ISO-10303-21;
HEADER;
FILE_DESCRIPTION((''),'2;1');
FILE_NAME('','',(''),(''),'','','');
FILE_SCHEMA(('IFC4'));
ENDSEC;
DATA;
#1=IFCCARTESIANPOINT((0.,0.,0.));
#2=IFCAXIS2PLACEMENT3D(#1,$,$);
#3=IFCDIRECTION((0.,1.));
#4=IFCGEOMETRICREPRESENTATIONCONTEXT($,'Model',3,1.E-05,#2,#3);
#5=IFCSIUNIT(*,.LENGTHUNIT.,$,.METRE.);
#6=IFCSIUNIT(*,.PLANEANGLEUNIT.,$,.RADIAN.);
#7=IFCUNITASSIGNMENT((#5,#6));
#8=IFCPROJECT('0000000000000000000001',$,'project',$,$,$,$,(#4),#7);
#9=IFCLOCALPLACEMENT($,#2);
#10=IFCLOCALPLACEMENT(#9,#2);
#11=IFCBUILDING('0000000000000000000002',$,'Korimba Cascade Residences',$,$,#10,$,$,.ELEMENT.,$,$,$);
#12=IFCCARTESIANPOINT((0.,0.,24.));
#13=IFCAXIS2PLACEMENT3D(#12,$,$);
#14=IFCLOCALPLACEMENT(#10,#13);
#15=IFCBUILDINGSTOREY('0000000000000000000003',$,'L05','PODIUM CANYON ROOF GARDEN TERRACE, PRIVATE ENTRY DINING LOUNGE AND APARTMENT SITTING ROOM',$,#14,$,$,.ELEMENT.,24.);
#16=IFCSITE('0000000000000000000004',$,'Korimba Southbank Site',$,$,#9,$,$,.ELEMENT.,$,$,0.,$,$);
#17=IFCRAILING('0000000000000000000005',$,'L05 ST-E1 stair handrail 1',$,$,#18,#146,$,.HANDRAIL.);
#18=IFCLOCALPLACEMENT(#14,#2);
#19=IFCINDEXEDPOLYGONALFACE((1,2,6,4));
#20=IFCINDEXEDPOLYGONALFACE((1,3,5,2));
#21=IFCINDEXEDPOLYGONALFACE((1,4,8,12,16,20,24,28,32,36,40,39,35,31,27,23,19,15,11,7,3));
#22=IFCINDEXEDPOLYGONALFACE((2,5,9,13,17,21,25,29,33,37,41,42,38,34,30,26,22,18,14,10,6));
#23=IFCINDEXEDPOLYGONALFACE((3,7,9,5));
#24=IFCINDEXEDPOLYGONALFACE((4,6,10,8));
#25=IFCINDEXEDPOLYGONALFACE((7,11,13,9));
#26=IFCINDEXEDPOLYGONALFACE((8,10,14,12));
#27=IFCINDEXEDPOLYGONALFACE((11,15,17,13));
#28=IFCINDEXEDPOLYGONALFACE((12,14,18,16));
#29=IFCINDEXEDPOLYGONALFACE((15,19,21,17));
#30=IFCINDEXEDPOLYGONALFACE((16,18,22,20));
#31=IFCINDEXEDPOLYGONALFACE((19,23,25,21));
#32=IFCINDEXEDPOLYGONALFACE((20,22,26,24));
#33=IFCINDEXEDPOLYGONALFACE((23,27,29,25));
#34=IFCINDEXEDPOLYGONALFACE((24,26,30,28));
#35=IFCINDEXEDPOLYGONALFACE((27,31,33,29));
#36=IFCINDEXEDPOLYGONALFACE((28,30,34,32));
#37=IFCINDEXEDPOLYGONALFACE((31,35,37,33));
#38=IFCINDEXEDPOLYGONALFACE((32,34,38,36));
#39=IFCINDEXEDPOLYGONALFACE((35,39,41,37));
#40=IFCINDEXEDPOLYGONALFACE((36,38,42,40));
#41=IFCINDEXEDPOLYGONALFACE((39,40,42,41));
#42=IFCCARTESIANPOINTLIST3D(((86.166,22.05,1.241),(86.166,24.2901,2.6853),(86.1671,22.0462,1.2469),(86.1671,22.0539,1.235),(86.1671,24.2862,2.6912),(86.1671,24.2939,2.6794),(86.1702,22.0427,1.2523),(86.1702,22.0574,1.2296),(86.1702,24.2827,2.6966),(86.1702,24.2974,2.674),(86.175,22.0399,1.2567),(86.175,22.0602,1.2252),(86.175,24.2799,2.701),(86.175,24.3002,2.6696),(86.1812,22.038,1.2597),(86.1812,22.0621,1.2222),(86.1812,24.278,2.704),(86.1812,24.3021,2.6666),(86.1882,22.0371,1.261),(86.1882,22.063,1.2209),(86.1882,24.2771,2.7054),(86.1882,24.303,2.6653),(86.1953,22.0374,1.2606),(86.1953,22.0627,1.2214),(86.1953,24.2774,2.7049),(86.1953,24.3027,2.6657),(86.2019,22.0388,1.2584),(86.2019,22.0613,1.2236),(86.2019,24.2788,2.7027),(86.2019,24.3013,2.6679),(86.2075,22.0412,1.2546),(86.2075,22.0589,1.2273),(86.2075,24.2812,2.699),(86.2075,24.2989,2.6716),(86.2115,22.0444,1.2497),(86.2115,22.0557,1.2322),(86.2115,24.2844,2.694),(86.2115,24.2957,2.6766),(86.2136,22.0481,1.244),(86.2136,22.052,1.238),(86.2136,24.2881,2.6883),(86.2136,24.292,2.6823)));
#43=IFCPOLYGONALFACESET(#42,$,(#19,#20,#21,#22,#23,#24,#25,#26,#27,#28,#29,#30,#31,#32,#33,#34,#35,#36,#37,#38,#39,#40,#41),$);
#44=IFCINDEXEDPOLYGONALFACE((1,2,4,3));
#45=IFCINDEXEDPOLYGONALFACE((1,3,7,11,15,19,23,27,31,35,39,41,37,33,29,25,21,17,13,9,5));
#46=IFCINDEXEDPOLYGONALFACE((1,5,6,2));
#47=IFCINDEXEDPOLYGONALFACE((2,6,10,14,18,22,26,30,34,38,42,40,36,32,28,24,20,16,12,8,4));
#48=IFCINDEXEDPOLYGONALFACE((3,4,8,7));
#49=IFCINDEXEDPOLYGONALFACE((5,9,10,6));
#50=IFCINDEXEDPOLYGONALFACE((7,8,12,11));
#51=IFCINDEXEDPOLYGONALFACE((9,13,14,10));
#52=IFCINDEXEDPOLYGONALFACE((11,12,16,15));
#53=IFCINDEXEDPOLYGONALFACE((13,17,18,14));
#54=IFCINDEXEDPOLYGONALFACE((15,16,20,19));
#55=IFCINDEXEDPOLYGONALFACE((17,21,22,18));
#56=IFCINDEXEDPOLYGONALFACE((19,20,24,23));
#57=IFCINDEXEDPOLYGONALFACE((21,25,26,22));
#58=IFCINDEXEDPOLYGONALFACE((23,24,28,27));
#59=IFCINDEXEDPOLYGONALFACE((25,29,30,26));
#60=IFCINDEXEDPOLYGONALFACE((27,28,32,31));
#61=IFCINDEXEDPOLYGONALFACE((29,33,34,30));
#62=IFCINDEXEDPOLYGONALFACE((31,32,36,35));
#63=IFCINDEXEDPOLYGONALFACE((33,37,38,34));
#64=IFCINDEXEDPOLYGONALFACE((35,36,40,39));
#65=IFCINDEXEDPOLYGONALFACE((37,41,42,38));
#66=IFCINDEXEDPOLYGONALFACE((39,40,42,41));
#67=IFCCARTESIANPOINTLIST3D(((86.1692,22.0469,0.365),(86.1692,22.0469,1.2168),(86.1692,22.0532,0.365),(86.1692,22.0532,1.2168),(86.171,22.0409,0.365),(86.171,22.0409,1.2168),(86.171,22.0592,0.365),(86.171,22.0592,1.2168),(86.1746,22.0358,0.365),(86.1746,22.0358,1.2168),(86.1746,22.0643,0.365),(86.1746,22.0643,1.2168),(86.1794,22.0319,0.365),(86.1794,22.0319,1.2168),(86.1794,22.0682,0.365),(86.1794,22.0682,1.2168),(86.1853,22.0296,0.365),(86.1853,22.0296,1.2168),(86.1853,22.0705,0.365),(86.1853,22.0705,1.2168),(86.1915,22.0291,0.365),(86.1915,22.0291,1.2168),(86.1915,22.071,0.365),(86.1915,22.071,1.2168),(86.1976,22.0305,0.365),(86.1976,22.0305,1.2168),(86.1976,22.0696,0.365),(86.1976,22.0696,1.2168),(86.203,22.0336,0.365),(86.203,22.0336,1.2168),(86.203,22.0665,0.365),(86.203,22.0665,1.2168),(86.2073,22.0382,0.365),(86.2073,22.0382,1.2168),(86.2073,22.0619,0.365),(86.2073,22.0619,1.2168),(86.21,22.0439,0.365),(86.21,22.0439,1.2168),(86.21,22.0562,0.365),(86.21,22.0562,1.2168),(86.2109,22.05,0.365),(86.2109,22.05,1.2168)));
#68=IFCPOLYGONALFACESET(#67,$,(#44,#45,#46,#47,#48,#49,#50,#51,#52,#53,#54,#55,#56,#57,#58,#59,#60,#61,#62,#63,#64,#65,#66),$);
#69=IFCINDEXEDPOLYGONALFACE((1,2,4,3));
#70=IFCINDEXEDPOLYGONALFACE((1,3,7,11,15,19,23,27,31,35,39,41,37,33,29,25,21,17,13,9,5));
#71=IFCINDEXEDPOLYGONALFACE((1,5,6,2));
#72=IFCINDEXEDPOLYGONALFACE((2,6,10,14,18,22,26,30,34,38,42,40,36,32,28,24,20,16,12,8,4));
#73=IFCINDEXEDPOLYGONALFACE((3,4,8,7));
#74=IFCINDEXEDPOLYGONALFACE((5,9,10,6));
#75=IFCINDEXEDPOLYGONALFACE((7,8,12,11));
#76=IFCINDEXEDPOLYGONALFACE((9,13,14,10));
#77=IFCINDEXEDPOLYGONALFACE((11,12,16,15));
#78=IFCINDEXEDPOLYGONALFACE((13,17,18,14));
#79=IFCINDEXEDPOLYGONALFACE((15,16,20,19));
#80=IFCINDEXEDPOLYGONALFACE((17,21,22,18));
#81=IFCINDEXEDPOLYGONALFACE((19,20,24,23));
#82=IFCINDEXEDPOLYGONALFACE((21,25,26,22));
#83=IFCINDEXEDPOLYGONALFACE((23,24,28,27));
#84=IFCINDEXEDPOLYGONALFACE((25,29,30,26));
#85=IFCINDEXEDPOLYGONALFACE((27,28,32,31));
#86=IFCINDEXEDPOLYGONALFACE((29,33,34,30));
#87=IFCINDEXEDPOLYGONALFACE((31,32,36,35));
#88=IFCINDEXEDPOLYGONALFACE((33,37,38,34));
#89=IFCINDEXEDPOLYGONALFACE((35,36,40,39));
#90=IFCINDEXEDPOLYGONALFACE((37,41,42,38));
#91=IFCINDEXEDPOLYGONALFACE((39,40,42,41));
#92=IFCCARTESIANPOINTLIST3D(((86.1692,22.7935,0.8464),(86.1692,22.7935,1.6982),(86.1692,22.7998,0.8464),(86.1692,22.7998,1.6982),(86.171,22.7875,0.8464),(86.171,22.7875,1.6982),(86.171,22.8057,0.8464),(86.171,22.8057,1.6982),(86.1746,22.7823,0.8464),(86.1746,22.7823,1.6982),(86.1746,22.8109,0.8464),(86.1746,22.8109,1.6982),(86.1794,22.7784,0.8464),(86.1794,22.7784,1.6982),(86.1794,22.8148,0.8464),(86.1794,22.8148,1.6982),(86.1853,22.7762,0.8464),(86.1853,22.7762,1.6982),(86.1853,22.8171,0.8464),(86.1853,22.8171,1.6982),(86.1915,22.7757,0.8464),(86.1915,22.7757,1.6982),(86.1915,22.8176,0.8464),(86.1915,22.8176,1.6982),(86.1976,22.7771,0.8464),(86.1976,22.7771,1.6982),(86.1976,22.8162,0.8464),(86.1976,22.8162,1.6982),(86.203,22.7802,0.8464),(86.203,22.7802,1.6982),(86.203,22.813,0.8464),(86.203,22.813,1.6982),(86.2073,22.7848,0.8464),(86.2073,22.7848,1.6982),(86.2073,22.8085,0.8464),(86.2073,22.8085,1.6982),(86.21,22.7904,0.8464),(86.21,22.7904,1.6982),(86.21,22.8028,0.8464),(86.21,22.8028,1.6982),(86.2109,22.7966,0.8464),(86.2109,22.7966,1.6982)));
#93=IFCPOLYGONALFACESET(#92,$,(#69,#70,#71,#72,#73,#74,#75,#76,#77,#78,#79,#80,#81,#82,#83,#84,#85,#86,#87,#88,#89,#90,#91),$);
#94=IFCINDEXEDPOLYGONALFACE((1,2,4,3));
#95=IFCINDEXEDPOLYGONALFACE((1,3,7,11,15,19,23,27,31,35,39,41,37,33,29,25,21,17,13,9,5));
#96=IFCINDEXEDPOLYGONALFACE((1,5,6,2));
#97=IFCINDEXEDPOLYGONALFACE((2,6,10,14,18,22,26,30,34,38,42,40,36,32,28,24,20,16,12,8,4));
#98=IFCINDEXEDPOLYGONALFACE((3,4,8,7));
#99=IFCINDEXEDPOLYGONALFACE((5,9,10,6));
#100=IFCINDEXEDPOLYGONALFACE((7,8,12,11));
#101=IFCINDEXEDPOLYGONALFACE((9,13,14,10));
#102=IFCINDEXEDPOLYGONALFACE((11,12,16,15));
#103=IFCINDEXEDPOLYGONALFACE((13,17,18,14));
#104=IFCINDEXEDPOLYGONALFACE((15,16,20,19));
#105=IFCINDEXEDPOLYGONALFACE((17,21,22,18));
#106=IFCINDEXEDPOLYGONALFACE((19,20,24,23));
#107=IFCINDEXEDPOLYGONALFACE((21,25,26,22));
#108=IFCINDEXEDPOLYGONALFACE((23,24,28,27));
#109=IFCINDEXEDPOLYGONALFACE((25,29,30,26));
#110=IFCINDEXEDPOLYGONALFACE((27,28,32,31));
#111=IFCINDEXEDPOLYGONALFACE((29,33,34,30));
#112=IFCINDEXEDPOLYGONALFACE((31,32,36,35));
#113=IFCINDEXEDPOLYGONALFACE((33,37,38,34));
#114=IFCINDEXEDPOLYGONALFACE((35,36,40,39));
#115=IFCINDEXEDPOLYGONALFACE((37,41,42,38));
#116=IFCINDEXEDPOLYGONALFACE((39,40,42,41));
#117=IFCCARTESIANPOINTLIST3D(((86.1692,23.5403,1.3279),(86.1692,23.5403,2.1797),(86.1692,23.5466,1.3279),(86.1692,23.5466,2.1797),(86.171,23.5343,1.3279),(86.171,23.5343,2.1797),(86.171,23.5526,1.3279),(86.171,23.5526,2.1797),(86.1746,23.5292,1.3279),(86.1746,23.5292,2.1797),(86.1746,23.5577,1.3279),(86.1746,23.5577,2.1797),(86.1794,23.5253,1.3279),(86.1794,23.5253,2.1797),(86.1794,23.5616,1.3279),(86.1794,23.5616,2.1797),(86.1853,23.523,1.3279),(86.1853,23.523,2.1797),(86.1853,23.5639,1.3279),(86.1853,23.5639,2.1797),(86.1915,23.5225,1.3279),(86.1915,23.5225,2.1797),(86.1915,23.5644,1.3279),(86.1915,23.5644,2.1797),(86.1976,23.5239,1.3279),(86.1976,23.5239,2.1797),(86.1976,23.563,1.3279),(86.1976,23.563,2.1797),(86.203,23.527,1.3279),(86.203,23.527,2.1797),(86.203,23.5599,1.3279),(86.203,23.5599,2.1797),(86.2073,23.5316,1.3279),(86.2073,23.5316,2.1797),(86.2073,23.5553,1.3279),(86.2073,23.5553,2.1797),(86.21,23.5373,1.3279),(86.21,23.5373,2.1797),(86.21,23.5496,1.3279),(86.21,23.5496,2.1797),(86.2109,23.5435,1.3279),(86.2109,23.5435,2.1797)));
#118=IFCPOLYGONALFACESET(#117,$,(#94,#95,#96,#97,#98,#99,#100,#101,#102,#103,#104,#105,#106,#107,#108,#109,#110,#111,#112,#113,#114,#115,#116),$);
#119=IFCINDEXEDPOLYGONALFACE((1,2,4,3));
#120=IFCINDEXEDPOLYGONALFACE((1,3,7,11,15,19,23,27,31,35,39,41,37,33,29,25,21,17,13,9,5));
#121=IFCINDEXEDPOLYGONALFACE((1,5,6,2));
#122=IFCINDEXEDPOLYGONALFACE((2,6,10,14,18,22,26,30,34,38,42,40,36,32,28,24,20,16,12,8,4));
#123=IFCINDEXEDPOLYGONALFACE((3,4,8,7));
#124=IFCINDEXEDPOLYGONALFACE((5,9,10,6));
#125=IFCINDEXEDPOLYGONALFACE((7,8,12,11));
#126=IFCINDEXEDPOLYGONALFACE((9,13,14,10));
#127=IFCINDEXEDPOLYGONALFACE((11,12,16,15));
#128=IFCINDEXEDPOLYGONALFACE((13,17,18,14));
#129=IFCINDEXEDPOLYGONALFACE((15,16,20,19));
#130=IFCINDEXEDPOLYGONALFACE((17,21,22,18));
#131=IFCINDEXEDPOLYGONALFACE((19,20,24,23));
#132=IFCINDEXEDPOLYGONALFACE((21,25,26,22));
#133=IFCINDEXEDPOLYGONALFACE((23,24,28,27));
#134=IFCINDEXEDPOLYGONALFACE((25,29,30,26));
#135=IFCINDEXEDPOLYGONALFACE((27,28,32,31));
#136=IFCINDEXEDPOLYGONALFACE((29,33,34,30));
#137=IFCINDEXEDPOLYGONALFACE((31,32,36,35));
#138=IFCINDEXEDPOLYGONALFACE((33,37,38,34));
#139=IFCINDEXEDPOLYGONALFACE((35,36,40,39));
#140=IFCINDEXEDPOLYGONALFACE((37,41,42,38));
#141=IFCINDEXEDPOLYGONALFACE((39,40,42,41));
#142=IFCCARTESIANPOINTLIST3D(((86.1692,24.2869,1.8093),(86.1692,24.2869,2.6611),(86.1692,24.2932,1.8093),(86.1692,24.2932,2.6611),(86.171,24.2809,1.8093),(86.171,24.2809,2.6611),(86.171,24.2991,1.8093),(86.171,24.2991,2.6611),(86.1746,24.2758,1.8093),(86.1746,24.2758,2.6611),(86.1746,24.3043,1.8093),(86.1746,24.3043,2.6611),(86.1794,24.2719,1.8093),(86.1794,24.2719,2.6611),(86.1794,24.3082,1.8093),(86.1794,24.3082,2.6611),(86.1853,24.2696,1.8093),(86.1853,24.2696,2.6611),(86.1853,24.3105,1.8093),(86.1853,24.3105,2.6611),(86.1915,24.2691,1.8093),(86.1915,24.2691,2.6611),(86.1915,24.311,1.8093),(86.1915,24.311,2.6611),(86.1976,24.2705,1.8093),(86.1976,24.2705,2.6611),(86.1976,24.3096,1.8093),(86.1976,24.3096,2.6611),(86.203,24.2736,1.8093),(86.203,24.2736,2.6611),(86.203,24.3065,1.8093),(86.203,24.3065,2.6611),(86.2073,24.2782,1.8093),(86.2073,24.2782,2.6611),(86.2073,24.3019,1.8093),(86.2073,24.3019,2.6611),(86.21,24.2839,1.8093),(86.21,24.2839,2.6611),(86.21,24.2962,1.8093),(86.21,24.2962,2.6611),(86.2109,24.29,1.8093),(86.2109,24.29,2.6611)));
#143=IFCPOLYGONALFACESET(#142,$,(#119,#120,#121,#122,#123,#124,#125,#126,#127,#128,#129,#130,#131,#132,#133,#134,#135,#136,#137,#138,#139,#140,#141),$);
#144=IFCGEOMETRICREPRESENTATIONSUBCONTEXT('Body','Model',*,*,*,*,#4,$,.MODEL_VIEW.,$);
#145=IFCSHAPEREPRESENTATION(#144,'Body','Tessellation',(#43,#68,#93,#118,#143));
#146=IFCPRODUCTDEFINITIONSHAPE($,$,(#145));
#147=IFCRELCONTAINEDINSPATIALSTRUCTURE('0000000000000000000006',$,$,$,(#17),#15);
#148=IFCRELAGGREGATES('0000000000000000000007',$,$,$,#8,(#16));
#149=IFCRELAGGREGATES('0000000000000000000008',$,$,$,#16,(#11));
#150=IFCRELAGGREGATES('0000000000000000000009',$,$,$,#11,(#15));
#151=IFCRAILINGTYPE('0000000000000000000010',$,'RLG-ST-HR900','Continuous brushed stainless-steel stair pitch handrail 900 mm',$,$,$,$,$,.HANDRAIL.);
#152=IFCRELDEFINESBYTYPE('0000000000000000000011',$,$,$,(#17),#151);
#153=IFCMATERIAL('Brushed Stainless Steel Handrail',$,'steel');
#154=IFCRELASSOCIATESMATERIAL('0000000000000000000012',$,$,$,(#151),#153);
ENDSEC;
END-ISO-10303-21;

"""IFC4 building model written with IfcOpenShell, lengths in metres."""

from ifc_helpers import new_model, si_unit, direction, frame, origin, origin_2d, place, context, subcontext, project, spatial, circle, extrude, material, type_object, element, save


model = new_model("IFC4")

# Units and contexts
model_context = context("Model", 3, precision=1e-05, world=origin(), true_north=direction((0.0, 1.0)))
body_context = subcontext(model_context, "Body", "Model", "MODEL_VIEW")
ifc_project = project(units=[si_unit("LENGTHUNIT", "METRE"), si_unit("PLANEANGLEUNIT", "RADIAN")], contexts=[model_context])

# Site, building, storey
site_placement = place(None, origin())
site = spatial("IfcSite", under=ifc_project, at=site_placement, Name="Korimba Southbank Site", CompositionType="ELEMENT", RefElevation=0.0)
building_placement = place(site_placement, origin())
building = spatial("IfcBuilding", under=site, at=building_placement, Name="Korimba Cascade Residences", CompositionType="ELEMENT")
storey_placement = place(building_placement, frame((0.0, 0.0, 24.0)))
storey = spatial("IfcBuildingStorey", under=building, at=storey_placement, Name="L05", Description="PODIUM CANYON ROOF GARDEN TERRACE, PRIVATE ENTRY DINING LOUNGE AND APARTMENT SITTING ROOM", CompositionType="ELEMENT", Elevation=24.0)

# Railing
ifc_material_1 = material(Name="Brushed Stainless Steel Handrail", Category="steel")
railing_type_1 = type_object("IfcRailingType", Name="RLG-ST-HR900", Description="Continuous brushed stainless-steel stair pitch handrail 900 mm", PredefinedType="HANDRAIL", material=ifc_material_1)
railing_1_placement = place(storey_placement, frame((86.1899, 22.05, 0.365)))
element("IfcRailing", 1, at=railing_1_placement, inside=storey, type_object=railing_type_1, Name="L05 ST-E1 stair handrail 1", PredefinedType="HANDRAIL", context=body_context, shape_type="SweptSolid", body=[
    extrude(circle(Radius=0.0239, at=origin_2d()), frame((0.0, 0.0, 0.876), z_axis=(0.0, 0.840437, 0.54191), x_axis=(-1.0, 0.0, 0.0)), (0.0, 0.0, 1.0), 2.6653),
    extrude(circle(Radius=0.021, at=origin_2d()), origin(), (0.0, 0.0, 1.0), 0.8518),
    extrude(circle(Radius=0.021, at=origin_2d()), frame((0.0, 0.7466, 0.4814)), (0.0, 0.0, 1.0), 0.8518),
    extrude(circle(Radius=0.021, at=origin_2d()), frame((0.0, 1.4934, 0.9629)), (0.0, 0.0, 1.0), 0.8518),
    extrude(circle(Radius=0.021, at=origin_2d()), frame((0.0, 2.24, 1.4443)), (0.0, 0.0, 1.0), 0.8518),
])

save(model, "model.ifc")
